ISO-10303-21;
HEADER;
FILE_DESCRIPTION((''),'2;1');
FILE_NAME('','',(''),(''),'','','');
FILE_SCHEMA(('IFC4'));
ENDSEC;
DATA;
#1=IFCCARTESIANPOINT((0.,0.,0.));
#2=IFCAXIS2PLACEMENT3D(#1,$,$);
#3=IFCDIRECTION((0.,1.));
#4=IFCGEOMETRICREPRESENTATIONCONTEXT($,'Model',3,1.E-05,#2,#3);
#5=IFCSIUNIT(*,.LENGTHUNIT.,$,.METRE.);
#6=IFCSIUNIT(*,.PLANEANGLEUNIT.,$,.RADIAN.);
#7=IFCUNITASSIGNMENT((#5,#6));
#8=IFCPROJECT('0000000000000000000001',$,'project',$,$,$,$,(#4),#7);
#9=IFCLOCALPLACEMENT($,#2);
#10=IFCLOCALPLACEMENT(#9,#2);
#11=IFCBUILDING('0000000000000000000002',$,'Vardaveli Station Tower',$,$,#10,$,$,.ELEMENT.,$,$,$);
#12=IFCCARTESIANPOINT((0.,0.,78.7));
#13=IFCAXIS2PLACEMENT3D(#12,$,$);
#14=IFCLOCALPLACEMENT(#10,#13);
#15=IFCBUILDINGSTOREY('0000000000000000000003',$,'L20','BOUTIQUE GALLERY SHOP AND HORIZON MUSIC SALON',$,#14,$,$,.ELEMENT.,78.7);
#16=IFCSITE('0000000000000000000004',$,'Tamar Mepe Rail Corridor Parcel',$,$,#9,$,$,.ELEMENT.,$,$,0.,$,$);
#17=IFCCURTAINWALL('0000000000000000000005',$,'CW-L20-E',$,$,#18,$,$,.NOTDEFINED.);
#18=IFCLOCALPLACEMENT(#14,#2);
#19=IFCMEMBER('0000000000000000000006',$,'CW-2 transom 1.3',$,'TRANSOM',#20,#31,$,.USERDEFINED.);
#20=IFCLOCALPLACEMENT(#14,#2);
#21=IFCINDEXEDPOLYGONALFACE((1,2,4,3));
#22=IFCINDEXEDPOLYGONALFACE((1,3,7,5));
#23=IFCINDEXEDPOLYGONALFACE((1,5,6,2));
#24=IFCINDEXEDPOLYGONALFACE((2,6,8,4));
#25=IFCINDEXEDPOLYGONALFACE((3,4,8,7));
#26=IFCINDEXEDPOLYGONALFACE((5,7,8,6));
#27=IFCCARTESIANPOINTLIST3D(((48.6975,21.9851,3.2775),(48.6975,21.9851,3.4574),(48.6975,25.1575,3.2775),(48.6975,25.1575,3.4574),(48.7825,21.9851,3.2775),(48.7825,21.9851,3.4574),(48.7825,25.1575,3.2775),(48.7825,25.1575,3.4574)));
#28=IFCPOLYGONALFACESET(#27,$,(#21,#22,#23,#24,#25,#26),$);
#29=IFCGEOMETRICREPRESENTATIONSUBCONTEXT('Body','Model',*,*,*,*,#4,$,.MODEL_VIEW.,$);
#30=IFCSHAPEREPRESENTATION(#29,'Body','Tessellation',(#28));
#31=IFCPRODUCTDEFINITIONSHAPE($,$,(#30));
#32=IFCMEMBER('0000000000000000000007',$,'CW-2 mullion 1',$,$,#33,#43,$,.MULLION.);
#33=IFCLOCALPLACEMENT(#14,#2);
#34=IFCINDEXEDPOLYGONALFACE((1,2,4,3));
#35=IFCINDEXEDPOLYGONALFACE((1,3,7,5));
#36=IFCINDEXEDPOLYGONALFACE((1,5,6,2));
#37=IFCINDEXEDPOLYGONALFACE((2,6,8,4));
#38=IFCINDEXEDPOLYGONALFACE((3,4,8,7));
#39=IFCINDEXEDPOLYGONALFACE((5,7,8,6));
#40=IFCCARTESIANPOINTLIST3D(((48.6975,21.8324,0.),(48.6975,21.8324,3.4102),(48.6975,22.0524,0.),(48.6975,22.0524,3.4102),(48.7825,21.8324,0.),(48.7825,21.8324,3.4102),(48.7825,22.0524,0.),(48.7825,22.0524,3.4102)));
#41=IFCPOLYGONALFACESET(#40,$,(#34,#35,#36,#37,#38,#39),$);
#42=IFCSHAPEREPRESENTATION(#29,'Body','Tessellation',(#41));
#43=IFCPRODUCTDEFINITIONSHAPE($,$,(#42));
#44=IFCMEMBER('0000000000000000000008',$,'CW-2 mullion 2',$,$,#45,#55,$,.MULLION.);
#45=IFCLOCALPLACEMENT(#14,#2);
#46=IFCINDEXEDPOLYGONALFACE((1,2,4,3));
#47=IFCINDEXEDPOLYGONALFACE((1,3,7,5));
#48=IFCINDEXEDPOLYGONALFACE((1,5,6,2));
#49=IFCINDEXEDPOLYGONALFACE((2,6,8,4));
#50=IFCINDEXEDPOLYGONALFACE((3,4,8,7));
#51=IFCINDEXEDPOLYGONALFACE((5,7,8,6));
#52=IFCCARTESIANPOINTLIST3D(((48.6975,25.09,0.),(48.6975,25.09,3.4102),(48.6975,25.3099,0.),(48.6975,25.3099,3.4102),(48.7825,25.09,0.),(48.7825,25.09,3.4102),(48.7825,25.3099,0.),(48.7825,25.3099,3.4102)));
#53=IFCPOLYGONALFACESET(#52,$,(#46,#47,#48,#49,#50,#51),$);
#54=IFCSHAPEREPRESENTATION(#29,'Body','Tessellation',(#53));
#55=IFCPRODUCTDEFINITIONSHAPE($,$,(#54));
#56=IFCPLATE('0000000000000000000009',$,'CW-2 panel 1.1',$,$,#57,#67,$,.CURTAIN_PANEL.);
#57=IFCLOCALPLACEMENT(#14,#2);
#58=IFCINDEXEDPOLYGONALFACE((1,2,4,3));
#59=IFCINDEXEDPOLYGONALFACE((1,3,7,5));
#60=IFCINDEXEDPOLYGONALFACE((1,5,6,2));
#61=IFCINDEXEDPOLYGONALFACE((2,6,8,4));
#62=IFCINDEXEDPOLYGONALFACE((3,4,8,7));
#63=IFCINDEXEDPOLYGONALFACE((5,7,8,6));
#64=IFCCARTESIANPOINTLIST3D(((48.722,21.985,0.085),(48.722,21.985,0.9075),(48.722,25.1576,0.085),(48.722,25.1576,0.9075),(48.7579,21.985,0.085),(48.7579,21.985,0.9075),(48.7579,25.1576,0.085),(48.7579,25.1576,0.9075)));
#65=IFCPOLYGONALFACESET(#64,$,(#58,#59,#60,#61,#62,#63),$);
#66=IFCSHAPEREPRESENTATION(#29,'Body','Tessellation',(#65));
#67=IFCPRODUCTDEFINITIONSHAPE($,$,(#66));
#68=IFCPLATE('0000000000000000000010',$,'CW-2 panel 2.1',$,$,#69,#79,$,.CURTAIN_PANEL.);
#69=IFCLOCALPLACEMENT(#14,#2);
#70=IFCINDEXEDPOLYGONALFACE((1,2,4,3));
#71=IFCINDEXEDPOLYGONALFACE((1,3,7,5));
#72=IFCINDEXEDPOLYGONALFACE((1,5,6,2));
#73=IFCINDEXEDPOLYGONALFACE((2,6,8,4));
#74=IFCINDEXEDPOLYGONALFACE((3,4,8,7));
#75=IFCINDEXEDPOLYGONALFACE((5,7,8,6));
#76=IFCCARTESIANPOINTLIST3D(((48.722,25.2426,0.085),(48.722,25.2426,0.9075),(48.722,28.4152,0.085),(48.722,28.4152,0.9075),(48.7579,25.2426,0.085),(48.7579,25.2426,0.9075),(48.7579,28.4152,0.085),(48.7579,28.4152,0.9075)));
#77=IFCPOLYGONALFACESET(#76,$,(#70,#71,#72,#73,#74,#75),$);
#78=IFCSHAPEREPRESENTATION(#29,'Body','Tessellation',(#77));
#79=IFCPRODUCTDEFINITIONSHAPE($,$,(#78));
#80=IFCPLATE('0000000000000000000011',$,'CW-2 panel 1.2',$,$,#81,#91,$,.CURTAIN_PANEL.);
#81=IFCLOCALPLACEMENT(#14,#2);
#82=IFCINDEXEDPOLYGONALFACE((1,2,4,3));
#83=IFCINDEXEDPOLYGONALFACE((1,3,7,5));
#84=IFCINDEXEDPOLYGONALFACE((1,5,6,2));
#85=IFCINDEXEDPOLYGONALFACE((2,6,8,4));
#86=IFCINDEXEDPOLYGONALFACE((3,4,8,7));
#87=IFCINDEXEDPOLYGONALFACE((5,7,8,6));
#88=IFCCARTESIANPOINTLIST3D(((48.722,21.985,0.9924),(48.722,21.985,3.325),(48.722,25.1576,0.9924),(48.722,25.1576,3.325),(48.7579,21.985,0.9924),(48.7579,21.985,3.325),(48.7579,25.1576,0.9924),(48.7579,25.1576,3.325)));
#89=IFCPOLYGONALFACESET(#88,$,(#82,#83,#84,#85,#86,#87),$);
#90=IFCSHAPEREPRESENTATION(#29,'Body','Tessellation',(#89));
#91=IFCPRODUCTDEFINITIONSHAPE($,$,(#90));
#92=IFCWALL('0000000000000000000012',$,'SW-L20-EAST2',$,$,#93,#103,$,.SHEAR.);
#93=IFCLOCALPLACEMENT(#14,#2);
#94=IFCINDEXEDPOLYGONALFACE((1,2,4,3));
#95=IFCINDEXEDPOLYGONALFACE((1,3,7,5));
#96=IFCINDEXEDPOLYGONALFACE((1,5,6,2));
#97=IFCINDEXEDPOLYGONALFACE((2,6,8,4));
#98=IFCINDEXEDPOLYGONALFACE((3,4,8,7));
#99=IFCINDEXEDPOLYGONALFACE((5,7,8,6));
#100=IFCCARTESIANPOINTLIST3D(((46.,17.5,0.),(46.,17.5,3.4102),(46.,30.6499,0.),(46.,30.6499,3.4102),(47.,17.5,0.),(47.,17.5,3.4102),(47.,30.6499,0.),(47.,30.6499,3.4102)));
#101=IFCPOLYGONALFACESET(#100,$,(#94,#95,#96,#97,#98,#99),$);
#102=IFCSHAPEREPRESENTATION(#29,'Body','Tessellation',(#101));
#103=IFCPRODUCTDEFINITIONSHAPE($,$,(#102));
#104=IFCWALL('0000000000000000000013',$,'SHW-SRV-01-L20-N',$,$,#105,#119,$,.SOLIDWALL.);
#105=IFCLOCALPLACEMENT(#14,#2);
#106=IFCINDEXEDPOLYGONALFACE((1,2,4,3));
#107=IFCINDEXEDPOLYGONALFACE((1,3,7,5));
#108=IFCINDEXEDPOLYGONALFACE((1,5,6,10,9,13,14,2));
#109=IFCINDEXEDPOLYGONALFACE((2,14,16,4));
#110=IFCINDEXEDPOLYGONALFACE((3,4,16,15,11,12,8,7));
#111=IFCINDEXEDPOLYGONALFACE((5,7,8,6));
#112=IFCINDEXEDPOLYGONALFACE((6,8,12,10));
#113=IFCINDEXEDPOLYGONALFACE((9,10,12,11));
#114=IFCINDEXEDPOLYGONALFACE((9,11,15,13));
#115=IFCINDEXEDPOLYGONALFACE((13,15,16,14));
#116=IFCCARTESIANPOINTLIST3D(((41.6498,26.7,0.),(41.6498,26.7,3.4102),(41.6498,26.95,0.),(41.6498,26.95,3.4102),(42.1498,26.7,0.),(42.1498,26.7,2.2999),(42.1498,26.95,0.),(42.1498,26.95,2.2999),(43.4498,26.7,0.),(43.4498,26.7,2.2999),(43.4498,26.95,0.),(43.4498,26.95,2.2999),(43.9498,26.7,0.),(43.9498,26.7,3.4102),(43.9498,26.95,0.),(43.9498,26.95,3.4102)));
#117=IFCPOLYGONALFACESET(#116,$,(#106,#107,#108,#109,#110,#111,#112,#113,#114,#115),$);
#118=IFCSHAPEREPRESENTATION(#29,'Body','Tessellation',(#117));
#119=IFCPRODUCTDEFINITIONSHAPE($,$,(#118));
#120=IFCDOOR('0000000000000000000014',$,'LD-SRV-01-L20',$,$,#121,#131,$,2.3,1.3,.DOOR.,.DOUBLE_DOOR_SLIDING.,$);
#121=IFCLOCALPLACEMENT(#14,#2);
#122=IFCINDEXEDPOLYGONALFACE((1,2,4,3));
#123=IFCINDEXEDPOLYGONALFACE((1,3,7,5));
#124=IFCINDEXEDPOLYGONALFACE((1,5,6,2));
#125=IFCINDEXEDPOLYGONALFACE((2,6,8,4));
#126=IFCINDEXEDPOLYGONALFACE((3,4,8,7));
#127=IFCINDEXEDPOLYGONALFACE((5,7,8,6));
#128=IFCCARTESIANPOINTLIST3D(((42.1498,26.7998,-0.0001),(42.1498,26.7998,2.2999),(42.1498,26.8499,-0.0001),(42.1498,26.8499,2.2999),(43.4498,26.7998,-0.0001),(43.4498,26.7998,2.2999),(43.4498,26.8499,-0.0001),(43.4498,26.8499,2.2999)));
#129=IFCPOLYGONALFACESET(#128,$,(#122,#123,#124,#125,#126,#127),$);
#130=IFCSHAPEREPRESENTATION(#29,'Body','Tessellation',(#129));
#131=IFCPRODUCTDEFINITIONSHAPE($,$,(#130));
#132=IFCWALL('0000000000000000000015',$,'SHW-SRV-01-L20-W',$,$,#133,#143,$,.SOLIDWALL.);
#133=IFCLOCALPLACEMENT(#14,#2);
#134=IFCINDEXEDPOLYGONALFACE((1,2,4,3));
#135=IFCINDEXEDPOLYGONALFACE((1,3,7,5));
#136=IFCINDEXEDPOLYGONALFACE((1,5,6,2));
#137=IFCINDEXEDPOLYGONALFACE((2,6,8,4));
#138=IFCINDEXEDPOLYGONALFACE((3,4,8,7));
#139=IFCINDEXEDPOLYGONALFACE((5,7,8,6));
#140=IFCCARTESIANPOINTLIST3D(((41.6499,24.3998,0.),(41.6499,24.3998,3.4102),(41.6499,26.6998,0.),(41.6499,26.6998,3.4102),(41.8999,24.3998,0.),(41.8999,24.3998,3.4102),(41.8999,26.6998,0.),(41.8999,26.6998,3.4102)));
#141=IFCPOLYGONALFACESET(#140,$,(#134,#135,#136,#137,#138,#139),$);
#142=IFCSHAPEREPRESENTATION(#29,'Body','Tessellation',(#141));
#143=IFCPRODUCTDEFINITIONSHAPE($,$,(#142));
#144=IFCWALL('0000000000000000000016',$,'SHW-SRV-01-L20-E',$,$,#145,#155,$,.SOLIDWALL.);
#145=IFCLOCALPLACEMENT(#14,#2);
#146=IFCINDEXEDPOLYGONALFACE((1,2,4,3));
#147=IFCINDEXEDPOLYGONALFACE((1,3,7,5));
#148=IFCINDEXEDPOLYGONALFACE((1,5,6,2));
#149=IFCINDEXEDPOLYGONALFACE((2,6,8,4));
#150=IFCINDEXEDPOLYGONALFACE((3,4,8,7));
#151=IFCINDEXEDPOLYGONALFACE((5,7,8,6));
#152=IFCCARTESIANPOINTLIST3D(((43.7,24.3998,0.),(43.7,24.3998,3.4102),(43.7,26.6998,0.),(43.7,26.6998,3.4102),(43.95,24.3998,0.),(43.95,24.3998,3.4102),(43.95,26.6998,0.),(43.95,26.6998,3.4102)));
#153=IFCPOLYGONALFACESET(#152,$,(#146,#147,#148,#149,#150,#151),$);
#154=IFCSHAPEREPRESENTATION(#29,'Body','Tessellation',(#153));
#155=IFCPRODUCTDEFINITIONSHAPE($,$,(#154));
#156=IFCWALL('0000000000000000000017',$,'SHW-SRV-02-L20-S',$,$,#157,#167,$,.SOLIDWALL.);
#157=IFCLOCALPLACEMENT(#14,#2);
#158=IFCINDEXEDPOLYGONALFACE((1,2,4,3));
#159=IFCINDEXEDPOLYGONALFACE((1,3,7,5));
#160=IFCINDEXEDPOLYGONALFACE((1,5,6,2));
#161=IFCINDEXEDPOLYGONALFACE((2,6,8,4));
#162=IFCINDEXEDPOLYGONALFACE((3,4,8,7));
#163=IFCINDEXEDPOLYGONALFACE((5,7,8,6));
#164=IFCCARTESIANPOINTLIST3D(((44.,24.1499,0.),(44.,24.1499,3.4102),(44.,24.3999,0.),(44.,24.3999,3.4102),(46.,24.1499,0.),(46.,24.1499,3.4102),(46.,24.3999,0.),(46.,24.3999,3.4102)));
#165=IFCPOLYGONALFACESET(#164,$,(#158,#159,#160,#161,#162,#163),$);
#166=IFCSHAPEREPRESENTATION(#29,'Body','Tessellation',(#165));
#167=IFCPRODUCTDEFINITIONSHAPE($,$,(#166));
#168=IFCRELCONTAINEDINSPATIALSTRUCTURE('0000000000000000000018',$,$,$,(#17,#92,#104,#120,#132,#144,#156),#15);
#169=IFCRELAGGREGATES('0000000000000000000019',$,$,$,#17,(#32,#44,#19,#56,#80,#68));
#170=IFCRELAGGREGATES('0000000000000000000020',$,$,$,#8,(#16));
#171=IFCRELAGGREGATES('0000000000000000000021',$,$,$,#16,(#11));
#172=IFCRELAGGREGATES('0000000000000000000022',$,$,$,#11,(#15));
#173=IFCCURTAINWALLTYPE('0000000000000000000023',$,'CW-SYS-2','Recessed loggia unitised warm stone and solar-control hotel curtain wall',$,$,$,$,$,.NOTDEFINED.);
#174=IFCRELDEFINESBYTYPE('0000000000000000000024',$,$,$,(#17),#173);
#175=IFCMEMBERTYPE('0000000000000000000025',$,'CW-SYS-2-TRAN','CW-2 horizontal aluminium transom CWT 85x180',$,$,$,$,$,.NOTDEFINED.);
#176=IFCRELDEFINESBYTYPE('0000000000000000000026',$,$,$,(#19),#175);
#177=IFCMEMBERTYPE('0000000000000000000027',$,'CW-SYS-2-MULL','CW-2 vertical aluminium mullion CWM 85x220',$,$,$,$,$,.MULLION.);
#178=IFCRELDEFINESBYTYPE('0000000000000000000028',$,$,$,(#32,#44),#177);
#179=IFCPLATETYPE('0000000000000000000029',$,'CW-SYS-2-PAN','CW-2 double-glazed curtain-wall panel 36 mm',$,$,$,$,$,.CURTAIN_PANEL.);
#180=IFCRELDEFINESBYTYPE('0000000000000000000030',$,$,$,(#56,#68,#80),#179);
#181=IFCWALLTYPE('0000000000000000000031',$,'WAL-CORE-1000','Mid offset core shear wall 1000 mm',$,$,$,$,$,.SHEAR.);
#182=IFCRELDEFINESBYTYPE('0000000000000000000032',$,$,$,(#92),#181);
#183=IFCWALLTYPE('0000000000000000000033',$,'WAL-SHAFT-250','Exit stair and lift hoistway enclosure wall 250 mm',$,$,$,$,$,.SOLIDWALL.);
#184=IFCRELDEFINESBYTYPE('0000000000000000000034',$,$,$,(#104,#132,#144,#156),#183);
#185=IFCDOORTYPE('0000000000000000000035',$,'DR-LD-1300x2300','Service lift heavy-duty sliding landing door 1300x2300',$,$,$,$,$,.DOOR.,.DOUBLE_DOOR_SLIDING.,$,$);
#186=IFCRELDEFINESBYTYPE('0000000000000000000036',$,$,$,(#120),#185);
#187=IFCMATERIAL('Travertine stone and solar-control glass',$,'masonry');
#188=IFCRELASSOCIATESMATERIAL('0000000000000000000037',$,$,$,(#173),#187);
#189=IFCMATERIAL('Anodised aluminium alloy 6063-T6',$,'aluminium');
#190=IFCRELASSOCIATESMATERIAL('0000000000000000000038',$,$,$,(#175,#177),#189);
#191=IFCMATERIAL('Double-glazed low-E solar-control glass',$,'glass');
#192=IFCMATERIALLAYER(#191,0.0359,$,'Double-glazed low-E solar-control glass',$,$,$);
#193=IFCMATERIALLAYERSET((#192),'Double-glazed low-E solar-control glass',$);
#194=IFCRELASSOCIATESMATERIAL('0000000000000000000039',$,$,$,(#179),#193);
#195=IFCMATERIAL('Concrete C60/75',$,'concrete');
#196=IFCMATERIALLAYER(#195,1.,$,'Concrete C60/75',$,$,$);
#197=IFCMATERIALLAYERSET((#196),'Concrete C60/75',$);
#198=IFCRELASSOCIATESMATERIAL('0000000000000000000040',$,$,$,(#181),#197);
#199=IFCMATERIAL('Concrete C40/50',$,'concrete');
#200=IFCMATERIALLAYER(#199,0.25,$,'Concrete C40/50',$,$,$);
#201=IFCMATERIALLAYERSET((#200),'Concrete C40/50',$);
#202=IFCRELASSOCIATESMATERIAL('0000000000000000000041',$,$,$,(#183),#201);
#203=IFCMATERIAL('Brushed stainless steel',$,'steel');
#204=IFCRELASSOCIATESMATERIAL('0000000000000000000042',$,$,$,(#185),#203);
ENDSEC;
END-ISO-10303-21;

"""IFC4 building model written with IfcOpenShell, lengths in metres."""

from ifc_helpers import new_model, si_unit, direction, frame, frame_2d, origin, origin_2d, place, context, subcontext, project, spatial, rectangle, extrude, source, transform, mapped, material, layer, layer_set, material_profile, profile_set, type_object, element, fill, aggregate, save


model = new_model("IFC4")

# Units and contexts
model_context = context("Model", 3, precision=1e-05, world=origin(), true_north=direction((0.0, 1.0)))
body_context = subcontext(model_context, "Body", "Model", "MODEL_VIEW")
ifc_project = project(units=[si_unit("LENGTHUNIT", "METRE"), si_unit("PLANEANGLEUNIT", "RADIAN")], contexts=[model_context])

# Site, building, storey
site_placement = place(None, origin())
site = spatial("IfcSite", under=ifc_project, at=site_placement, Name="Tamar Mepe Rail Corridor Parcel", CompositionType="ELEMENT", RefElevation=0.0)
building_placement = place(site_placement, origin())
building = spatial("IfcBuilding", under=site, at=building_placement, Name="Vardaveli Station Tower", CompositionType="ELEMENT")
storey_placement = place(building_placement, frame((0.0, 0.0, 78.7)))
storey = spatial("IfcBuildingStorey", under=building, at=storey_placement, Name="L20", Description="BOUTIQUE GALLERY SHOP AND HORIZON MUSIC SALON", CompositionType="ELEMENT", Elevation=78.7)

# Curtain wall, members, plates
ifc_material_1 = material(Name="Travertine stone and solar-control glass", Category="masonry")
curtain_wall_type = type_object("IfcCurtainWallType", Name="CW-SYS-2", Description="Recessed loggia unitised warm stone and solar-control hotel curtain wall", PredefinedType="NOTDEFINED", material=ifc_material_1)
curtain_wall_placement = place(storey_placement, origin())
curtain_wall = element("IfcCurtainWall", 1, at=curtain_wall_placement, inside=storey, type_object=curtain_wall_type, Name="CW-L20-E", PredefinedType="NOTDEFINED")
ifc_material_2 = material(Name="Anodised aluminium alloy 6063-T6", Category="aluminium")
ifc_material_profile_1 = material_profile(ifc_material_2, rectangle(XDim=0.085, YDim=0.1799, at=origin_2d()), Name="CWT 85x180")
ifc_profile_set_1 = profile_set([ifc_material_profile_1], Name="Anodised aluminium alloy 6063-T6")
member_type_1 = type_object("IfcMemberType", Name="CW-SYS-2-TRAN", Description="CW-2 horizontal aluminium transom CWT 85x180", PredefinedType="NOTDEFINED", material=ifc_profile_set_1)
shared_shape_1 = source(origin(), body_context, "Body", "SweptSolid", [
    extrude(rectangle(XDim=0.085, YDim=0.1799, at=origin_2d()), origin(), (0.0, 0.0, 1.0), 3.1724),
])
member_1_placement = place(storey_placement, frame((48.74, 21.9851, 3.3674), z_axis=(0.0, 1.0, 0.0), x_axis=(-1.0, 0.0, 0.0)))
member_1 = element("IfcMember", 2, at=member_1_placement, type_object=member_type_1, Name="CW-2 transom 1.3", ObjectType="TRANSOM", PredefinedType="USERDEFINED", context=body_context, shape_type="MappedRepresentation", body=[
    mapped(shared_shape_1, transform((0.0, 0.0, 0.0), scale=1.0)),
])
ifc_material_profile_2 = material_profile(ifc_material_2, rectangle(XDim=0.085, YDim=0.22, at=origin_2d()), Name="CWM 85x220")
ifc_profile_set_2 = profile_set([ifc_material_profile_2], Name="Anodised aluminium alloy 6063-T6")
member_type_2 = type_object("IfcMemberType", Name="CW-SYS-2-MULL", Description="CW-2 vertical aluminium mullion CWM 85x220", PredefinedType="MULLION", material=ifc_profile_set_2)
shared_shape_2 = source(origin(), body_context, "Body", "SweptSolid", [
    extrude(rectangle(XDim=0.085, YDim=0.22, at=origin_2d()), origin(), (0.0, 0.0, 1.0), 3.4102),
])
member_2_placement = place(storey_placement, frame((48.74, 21.9424, 0.0), z_axis=(0.0, 0.0, 1.0), x_axis=(-1.0, 0.0, 0.0)))
member_2 = element("IfcMember", 3, at=member_2_placement, type_object=member_type_2, Name="CW-2 mullion 1", PredefinedType="MULLION", context=body_context, shape_type="MappedRepresentation", body=[
    mapped(shared_shape_2, transform((0.0, 0.0, 0.0), scale=1.0)),
])
member_3_placement = place(storey_placement, frame((48.74, 25.2, 0.0), z_axis=(0.0, 0.0, 1.0), x_axis=(-1.0, 0.0, 0.0)))
member_3 = element("IfcMember", 4, at=member_3_placement, type_object=member_type_2, Name="CW-2 mullion 2", PredefinedType="MULLION", context=body_context, shape_type="MappedRepresentation", body=[
    mapped(shared_shape_2, transform((0.0, 0.0, 0.0), scale=1.0)),
])
ifc_material_3 = material(Name="Double-glazed low-E solar-control glass", Category="glass")
ifc_layer_1 = layer(ifc_material_3, 0.0359, Name="Double-glazed low-E solar-control glass")
ifc_layer_set_1 = layer_set([ifc_layer_1], Name="Double-glazed low-E solar-control glass")
plate_type = type_object("IfcPlateType", Name="CW-SYS-2-PAN", Description="CW-2 double-glazed curtain-wall panel 36 mm", PredefinedType="CURTAIN_PANEL", material=ifc_layer_set_1)
shared_shape_3 = source(origin(), body_context, "Body", "SweptSolid", [
    extrude(rectangle(XDim=3.1726, YDim=0.0359, at=origin_2d()), origin(), (0.0, 0.0, 1.0), 0.8225),
])
plate_1_placement = place(storey_placement, frame((48.74, 23.5713, 0.085), z_axis=(0.0, 0.0, 1.0), x_axis=(0.0, 1.0, 0.0)))
plate_1 = element("IfcPlate", 5, at=plate_1_placement, type_object=plate_type, Name="CW-2 panel 1.1", PredefinedType="CURTAIN_PANEL", context=body_context, shape_type="MappedRepresentation", body=[
    mapped(shared_shape_3, transform((0.0, 0.0, 0.0), scale=1.0)),
])
plate_2_placement = place(storey_placement, frame((48.74, 26.8289, 0.085), z_axis=(0.0, 0.0, 1.0), x_axis=(0.0, 1.0, 0.0)))
plate_2 = element("IfcPlate", 6, at=plate_2_placement, type_object=plate_type, Name="CW-2 panel 2.1", PredefinedType="CURTAIN_PANEL", context=body_context, shape_type="MappedRepresentation", body=[
    mapped(shared_shape_3, transform((0.0, 0.0, 0.0), scale=1.0)),
])
shared_shape_4 = source(origin(), body_context, "Body", "SweptSolid", [
    extrude(rectangle(XDim=3.1726, YDim=0.0359, at=origin_2d()), origin(), (0.0, 0.0, 1.0), 2.3325),
])
plate_3_placement = place(storey_placement, frame((48.74, 23.5713, 0.9924), z_axis=(0.0, 0.0, 1.0), x_axis=(0.0, 1.0, 0.0)))
plate_3 = element("IfcPlate", 7, at=plate_3_placement, type_object=plate_type, Name="CW-2 panel 1.2", PredefinedType="CURTAIN_PANEL", context=body_context, shape_type="MappedRepresentation", body=[
    mapped(shared_shape_4, transform((0.0, 0.0, 0.0), scale=1.0)),
])
aggregate(curtain_wall, [member_2, member_3, member_1, plate_1, plate_3, plate_2])

# Wall
ifc_material_4 = material(Name="Concrete C60/75", Category="concrete")
ifc_layer_2 = layer(ifc_material_4, 1.0, Name="Concrete C60/75")
ifc_layer_set_2 = layer_set([ifc_layer_2], Name="Concrete C60/75")
wall_type_1 = type_object("IfcWallType", Name="WAL-CORE-1000", Description="Mid offset core shear wall 1000 mm", PredefinedType="SHEAR", material=ifc_layer_set_2)
shared_shape_5 = source(origin(), body_context, "Body", "SweptSolid", [
    extrude(rectangle(XDim=13.1499, YDim=1.0, at=frame_2d((6.575, 0.0))), origin(), (0.0, 0.0, 1.0), 3.4102),
])
wall_1_placement = place(storey_placement, frame((46.5, 17.5, 0.0), z_axis=(0.0, 0.0, 1.0), x_axis=(0.0, 1.0, 0.0)))
element("IfcWall", 8, at=wall_1_placement, inside=storey, type_object=wall_type_1, Name="SW-L20-EAST2", PredefinedType="SHEAR", context=body_context, shape_type="MappedRepresentation", body=[
    mapped(shared_shape_5, transform((0.0, 0.0, 0.0), scale=1.0)),
])

# Wall, opening, door
ifc_material_5 = material(Name="Concrete C40/50", Category="concrete")
ifc_layer_3 = layer(ifc_material_5, 0.25, Name="Concrete C40/50")
ifc_layer_set_3 = layer_set([ifc_layer_3], Name="Concrete C40/50")
wall_type_2 = type_object("IfcWallType", Name="WAL-SHAFT-250", Description="Exit stair and lift hoistway enclosure wall 250 mm", PredefinedType="SOLIDWALL", material=ifc_layer_set_3)
shared_shape_6 = source(origin(), body_context, "Body", "SweptSolid", [
    extrude(rectangle(XDim=2.3, YDim=0.25, at=frame_2d((1.1499, 0.0))), origin(), (0.0, 0.0, 1.0), 3.4102),
])
wall_2_placement = place(storey_placement, frame((41.6499, 26.825, 0.0), z_axis=(0.0, 0.0, 1.0), x_axis=(1.0, 0.0, 0.0)))
wall_2 = element("IfcWall", 9, at=wall_2_placement, inside=storey, type_object=wall_type_2, Name="SHW-SRV-01-L20-N", PredefinedType="SOLIDWALL", context=body_context, shape_type="MappedRepresentation", body=[
    mapped(shared_shape_6, transform((0.0, 0.0, 0.0), scale=1.0)),
])
shared_shape_7 = source(origin(), body_context, "Body", "SweptSolid", [
    extrude(rectangle(XDim=1.3, YDim=2.3, at=frame_2d((0.6499, 1.1499))), frame((0.0, 0.135, 0.0), z_axis=(0.0, -1.0, 0.0), x_axis=(1.0, 0.0, 0.0)), (0.0, 0.0, 1.0), 0.27),
])
opening_1_placement = place(wall_2_placement, frame((0.5, 0.0, 0.0)))
opening_1 = element("IfcOpeningElement", 10, at=opening_1_placement, cuts=wall_2, PredefinedType="OPENING", context=body_context, shape_type="MappedRepresentation", body=[
    mapped(shared_shape_7, transform((0.0, 0.0, 0.0), scale=1.0)),
])
ifc_material_6 = material(Name="Brushed stainless steel", Category="steel")
door_type = type_object("IfcDoorType", Name="DR-LD-1300x2300", Description="Service lift heavy-duty sliding landing door 1300x2300", OperationType="DOUBLE_DOOR_SLIDING", PredefinedType="DOOR", material=ifc_material_6)
shared_shape_8 = source(origin(), body_context, "Body", "SweptSolid", [
    extrude(rectangle(XDim=1.3, YDim=2.3, at=frame_2d((0.6499, 1.1499))), frame((0.0, 0.0249, 0.0), z_axis=(0.0, -1.0, 0.0), x_axis=(1.0, 0.0, 0.0)), (0.0, 0.0, 1.0), 0.05),
])
door_1_placement = place(opening_1_placement, origin())
door_1 = element("IfcDoor", 11, at=door_1_placement, inside=storey, type_object=door_type, Name="LD-SRV-01-L20", OperationType="DOUBLE_DOOR_SLIDING", OverallHeight=2.3, OverallWidth=1.3, PredefinedType="DOOR", context=body_context, shape_type="MappedRepresentation", body=[
    mapped(shared_shape_8, transform((0.0, 0.0, 0.0), scale=1.0)),
])
fill(opening_1, door_1)

# Walls
for number, where, z_axis, x_axis, name in (
    (12, (41.7749, 24.3999, 0.0), (0.0, 0.0, 1.0), (0.0, 1.0, 0.0), "SHW-SRV-01-L20-W"),
    (13, (43.825, 24.3999, 0.0), (0.0, 0.0, 1.0), (0.0, 1.0, 0.0), "SHW-SRV-01-L20-E"),
):
    element("IfcWall", number, at=place(storey_placement, frame(where, z_axis=z_axis, x_axis=x_axis)), inside=storey, type_object=wall_type_2, Name=name, PredefinedType="SOLIDWALL", context=body_context, shape_type="MappedRepresentation", body=[
        mapped(shared_shape_6, transform((0.0, 0.0, 0.0), scale=1.0)),
    ])
shared_shape_9 = source(origin(), body_context, "Body", "SweptSolid", [
    extrude(rectangle(XDim=2.0, YDim=0.25, at=frame_2d((1.0, 0.0))), origin(), (0.0, 0.0, 1.0), 3.4102),
])
wall_3_placement = place(storey_placement, frame((44.0, 24.2749, 0.0), z_axis=(0.0, 0.0, 1.0), x_axis=(1.0, 0.0, 0.0)))
element("IfcWall", 14, at=wall_3_placement, inside=storey, type_object=wall_type_2, Name="SHW-SRV-02-L20-S", PredefinedType="SOLIDWALL", context=body_context, shape_type="MappedRepresentation", body=[
    mapped(shared_shape_9, transform((0.0, 0.0, 0.0), scale=1.0)),
])

save(model, "model.ifc")
